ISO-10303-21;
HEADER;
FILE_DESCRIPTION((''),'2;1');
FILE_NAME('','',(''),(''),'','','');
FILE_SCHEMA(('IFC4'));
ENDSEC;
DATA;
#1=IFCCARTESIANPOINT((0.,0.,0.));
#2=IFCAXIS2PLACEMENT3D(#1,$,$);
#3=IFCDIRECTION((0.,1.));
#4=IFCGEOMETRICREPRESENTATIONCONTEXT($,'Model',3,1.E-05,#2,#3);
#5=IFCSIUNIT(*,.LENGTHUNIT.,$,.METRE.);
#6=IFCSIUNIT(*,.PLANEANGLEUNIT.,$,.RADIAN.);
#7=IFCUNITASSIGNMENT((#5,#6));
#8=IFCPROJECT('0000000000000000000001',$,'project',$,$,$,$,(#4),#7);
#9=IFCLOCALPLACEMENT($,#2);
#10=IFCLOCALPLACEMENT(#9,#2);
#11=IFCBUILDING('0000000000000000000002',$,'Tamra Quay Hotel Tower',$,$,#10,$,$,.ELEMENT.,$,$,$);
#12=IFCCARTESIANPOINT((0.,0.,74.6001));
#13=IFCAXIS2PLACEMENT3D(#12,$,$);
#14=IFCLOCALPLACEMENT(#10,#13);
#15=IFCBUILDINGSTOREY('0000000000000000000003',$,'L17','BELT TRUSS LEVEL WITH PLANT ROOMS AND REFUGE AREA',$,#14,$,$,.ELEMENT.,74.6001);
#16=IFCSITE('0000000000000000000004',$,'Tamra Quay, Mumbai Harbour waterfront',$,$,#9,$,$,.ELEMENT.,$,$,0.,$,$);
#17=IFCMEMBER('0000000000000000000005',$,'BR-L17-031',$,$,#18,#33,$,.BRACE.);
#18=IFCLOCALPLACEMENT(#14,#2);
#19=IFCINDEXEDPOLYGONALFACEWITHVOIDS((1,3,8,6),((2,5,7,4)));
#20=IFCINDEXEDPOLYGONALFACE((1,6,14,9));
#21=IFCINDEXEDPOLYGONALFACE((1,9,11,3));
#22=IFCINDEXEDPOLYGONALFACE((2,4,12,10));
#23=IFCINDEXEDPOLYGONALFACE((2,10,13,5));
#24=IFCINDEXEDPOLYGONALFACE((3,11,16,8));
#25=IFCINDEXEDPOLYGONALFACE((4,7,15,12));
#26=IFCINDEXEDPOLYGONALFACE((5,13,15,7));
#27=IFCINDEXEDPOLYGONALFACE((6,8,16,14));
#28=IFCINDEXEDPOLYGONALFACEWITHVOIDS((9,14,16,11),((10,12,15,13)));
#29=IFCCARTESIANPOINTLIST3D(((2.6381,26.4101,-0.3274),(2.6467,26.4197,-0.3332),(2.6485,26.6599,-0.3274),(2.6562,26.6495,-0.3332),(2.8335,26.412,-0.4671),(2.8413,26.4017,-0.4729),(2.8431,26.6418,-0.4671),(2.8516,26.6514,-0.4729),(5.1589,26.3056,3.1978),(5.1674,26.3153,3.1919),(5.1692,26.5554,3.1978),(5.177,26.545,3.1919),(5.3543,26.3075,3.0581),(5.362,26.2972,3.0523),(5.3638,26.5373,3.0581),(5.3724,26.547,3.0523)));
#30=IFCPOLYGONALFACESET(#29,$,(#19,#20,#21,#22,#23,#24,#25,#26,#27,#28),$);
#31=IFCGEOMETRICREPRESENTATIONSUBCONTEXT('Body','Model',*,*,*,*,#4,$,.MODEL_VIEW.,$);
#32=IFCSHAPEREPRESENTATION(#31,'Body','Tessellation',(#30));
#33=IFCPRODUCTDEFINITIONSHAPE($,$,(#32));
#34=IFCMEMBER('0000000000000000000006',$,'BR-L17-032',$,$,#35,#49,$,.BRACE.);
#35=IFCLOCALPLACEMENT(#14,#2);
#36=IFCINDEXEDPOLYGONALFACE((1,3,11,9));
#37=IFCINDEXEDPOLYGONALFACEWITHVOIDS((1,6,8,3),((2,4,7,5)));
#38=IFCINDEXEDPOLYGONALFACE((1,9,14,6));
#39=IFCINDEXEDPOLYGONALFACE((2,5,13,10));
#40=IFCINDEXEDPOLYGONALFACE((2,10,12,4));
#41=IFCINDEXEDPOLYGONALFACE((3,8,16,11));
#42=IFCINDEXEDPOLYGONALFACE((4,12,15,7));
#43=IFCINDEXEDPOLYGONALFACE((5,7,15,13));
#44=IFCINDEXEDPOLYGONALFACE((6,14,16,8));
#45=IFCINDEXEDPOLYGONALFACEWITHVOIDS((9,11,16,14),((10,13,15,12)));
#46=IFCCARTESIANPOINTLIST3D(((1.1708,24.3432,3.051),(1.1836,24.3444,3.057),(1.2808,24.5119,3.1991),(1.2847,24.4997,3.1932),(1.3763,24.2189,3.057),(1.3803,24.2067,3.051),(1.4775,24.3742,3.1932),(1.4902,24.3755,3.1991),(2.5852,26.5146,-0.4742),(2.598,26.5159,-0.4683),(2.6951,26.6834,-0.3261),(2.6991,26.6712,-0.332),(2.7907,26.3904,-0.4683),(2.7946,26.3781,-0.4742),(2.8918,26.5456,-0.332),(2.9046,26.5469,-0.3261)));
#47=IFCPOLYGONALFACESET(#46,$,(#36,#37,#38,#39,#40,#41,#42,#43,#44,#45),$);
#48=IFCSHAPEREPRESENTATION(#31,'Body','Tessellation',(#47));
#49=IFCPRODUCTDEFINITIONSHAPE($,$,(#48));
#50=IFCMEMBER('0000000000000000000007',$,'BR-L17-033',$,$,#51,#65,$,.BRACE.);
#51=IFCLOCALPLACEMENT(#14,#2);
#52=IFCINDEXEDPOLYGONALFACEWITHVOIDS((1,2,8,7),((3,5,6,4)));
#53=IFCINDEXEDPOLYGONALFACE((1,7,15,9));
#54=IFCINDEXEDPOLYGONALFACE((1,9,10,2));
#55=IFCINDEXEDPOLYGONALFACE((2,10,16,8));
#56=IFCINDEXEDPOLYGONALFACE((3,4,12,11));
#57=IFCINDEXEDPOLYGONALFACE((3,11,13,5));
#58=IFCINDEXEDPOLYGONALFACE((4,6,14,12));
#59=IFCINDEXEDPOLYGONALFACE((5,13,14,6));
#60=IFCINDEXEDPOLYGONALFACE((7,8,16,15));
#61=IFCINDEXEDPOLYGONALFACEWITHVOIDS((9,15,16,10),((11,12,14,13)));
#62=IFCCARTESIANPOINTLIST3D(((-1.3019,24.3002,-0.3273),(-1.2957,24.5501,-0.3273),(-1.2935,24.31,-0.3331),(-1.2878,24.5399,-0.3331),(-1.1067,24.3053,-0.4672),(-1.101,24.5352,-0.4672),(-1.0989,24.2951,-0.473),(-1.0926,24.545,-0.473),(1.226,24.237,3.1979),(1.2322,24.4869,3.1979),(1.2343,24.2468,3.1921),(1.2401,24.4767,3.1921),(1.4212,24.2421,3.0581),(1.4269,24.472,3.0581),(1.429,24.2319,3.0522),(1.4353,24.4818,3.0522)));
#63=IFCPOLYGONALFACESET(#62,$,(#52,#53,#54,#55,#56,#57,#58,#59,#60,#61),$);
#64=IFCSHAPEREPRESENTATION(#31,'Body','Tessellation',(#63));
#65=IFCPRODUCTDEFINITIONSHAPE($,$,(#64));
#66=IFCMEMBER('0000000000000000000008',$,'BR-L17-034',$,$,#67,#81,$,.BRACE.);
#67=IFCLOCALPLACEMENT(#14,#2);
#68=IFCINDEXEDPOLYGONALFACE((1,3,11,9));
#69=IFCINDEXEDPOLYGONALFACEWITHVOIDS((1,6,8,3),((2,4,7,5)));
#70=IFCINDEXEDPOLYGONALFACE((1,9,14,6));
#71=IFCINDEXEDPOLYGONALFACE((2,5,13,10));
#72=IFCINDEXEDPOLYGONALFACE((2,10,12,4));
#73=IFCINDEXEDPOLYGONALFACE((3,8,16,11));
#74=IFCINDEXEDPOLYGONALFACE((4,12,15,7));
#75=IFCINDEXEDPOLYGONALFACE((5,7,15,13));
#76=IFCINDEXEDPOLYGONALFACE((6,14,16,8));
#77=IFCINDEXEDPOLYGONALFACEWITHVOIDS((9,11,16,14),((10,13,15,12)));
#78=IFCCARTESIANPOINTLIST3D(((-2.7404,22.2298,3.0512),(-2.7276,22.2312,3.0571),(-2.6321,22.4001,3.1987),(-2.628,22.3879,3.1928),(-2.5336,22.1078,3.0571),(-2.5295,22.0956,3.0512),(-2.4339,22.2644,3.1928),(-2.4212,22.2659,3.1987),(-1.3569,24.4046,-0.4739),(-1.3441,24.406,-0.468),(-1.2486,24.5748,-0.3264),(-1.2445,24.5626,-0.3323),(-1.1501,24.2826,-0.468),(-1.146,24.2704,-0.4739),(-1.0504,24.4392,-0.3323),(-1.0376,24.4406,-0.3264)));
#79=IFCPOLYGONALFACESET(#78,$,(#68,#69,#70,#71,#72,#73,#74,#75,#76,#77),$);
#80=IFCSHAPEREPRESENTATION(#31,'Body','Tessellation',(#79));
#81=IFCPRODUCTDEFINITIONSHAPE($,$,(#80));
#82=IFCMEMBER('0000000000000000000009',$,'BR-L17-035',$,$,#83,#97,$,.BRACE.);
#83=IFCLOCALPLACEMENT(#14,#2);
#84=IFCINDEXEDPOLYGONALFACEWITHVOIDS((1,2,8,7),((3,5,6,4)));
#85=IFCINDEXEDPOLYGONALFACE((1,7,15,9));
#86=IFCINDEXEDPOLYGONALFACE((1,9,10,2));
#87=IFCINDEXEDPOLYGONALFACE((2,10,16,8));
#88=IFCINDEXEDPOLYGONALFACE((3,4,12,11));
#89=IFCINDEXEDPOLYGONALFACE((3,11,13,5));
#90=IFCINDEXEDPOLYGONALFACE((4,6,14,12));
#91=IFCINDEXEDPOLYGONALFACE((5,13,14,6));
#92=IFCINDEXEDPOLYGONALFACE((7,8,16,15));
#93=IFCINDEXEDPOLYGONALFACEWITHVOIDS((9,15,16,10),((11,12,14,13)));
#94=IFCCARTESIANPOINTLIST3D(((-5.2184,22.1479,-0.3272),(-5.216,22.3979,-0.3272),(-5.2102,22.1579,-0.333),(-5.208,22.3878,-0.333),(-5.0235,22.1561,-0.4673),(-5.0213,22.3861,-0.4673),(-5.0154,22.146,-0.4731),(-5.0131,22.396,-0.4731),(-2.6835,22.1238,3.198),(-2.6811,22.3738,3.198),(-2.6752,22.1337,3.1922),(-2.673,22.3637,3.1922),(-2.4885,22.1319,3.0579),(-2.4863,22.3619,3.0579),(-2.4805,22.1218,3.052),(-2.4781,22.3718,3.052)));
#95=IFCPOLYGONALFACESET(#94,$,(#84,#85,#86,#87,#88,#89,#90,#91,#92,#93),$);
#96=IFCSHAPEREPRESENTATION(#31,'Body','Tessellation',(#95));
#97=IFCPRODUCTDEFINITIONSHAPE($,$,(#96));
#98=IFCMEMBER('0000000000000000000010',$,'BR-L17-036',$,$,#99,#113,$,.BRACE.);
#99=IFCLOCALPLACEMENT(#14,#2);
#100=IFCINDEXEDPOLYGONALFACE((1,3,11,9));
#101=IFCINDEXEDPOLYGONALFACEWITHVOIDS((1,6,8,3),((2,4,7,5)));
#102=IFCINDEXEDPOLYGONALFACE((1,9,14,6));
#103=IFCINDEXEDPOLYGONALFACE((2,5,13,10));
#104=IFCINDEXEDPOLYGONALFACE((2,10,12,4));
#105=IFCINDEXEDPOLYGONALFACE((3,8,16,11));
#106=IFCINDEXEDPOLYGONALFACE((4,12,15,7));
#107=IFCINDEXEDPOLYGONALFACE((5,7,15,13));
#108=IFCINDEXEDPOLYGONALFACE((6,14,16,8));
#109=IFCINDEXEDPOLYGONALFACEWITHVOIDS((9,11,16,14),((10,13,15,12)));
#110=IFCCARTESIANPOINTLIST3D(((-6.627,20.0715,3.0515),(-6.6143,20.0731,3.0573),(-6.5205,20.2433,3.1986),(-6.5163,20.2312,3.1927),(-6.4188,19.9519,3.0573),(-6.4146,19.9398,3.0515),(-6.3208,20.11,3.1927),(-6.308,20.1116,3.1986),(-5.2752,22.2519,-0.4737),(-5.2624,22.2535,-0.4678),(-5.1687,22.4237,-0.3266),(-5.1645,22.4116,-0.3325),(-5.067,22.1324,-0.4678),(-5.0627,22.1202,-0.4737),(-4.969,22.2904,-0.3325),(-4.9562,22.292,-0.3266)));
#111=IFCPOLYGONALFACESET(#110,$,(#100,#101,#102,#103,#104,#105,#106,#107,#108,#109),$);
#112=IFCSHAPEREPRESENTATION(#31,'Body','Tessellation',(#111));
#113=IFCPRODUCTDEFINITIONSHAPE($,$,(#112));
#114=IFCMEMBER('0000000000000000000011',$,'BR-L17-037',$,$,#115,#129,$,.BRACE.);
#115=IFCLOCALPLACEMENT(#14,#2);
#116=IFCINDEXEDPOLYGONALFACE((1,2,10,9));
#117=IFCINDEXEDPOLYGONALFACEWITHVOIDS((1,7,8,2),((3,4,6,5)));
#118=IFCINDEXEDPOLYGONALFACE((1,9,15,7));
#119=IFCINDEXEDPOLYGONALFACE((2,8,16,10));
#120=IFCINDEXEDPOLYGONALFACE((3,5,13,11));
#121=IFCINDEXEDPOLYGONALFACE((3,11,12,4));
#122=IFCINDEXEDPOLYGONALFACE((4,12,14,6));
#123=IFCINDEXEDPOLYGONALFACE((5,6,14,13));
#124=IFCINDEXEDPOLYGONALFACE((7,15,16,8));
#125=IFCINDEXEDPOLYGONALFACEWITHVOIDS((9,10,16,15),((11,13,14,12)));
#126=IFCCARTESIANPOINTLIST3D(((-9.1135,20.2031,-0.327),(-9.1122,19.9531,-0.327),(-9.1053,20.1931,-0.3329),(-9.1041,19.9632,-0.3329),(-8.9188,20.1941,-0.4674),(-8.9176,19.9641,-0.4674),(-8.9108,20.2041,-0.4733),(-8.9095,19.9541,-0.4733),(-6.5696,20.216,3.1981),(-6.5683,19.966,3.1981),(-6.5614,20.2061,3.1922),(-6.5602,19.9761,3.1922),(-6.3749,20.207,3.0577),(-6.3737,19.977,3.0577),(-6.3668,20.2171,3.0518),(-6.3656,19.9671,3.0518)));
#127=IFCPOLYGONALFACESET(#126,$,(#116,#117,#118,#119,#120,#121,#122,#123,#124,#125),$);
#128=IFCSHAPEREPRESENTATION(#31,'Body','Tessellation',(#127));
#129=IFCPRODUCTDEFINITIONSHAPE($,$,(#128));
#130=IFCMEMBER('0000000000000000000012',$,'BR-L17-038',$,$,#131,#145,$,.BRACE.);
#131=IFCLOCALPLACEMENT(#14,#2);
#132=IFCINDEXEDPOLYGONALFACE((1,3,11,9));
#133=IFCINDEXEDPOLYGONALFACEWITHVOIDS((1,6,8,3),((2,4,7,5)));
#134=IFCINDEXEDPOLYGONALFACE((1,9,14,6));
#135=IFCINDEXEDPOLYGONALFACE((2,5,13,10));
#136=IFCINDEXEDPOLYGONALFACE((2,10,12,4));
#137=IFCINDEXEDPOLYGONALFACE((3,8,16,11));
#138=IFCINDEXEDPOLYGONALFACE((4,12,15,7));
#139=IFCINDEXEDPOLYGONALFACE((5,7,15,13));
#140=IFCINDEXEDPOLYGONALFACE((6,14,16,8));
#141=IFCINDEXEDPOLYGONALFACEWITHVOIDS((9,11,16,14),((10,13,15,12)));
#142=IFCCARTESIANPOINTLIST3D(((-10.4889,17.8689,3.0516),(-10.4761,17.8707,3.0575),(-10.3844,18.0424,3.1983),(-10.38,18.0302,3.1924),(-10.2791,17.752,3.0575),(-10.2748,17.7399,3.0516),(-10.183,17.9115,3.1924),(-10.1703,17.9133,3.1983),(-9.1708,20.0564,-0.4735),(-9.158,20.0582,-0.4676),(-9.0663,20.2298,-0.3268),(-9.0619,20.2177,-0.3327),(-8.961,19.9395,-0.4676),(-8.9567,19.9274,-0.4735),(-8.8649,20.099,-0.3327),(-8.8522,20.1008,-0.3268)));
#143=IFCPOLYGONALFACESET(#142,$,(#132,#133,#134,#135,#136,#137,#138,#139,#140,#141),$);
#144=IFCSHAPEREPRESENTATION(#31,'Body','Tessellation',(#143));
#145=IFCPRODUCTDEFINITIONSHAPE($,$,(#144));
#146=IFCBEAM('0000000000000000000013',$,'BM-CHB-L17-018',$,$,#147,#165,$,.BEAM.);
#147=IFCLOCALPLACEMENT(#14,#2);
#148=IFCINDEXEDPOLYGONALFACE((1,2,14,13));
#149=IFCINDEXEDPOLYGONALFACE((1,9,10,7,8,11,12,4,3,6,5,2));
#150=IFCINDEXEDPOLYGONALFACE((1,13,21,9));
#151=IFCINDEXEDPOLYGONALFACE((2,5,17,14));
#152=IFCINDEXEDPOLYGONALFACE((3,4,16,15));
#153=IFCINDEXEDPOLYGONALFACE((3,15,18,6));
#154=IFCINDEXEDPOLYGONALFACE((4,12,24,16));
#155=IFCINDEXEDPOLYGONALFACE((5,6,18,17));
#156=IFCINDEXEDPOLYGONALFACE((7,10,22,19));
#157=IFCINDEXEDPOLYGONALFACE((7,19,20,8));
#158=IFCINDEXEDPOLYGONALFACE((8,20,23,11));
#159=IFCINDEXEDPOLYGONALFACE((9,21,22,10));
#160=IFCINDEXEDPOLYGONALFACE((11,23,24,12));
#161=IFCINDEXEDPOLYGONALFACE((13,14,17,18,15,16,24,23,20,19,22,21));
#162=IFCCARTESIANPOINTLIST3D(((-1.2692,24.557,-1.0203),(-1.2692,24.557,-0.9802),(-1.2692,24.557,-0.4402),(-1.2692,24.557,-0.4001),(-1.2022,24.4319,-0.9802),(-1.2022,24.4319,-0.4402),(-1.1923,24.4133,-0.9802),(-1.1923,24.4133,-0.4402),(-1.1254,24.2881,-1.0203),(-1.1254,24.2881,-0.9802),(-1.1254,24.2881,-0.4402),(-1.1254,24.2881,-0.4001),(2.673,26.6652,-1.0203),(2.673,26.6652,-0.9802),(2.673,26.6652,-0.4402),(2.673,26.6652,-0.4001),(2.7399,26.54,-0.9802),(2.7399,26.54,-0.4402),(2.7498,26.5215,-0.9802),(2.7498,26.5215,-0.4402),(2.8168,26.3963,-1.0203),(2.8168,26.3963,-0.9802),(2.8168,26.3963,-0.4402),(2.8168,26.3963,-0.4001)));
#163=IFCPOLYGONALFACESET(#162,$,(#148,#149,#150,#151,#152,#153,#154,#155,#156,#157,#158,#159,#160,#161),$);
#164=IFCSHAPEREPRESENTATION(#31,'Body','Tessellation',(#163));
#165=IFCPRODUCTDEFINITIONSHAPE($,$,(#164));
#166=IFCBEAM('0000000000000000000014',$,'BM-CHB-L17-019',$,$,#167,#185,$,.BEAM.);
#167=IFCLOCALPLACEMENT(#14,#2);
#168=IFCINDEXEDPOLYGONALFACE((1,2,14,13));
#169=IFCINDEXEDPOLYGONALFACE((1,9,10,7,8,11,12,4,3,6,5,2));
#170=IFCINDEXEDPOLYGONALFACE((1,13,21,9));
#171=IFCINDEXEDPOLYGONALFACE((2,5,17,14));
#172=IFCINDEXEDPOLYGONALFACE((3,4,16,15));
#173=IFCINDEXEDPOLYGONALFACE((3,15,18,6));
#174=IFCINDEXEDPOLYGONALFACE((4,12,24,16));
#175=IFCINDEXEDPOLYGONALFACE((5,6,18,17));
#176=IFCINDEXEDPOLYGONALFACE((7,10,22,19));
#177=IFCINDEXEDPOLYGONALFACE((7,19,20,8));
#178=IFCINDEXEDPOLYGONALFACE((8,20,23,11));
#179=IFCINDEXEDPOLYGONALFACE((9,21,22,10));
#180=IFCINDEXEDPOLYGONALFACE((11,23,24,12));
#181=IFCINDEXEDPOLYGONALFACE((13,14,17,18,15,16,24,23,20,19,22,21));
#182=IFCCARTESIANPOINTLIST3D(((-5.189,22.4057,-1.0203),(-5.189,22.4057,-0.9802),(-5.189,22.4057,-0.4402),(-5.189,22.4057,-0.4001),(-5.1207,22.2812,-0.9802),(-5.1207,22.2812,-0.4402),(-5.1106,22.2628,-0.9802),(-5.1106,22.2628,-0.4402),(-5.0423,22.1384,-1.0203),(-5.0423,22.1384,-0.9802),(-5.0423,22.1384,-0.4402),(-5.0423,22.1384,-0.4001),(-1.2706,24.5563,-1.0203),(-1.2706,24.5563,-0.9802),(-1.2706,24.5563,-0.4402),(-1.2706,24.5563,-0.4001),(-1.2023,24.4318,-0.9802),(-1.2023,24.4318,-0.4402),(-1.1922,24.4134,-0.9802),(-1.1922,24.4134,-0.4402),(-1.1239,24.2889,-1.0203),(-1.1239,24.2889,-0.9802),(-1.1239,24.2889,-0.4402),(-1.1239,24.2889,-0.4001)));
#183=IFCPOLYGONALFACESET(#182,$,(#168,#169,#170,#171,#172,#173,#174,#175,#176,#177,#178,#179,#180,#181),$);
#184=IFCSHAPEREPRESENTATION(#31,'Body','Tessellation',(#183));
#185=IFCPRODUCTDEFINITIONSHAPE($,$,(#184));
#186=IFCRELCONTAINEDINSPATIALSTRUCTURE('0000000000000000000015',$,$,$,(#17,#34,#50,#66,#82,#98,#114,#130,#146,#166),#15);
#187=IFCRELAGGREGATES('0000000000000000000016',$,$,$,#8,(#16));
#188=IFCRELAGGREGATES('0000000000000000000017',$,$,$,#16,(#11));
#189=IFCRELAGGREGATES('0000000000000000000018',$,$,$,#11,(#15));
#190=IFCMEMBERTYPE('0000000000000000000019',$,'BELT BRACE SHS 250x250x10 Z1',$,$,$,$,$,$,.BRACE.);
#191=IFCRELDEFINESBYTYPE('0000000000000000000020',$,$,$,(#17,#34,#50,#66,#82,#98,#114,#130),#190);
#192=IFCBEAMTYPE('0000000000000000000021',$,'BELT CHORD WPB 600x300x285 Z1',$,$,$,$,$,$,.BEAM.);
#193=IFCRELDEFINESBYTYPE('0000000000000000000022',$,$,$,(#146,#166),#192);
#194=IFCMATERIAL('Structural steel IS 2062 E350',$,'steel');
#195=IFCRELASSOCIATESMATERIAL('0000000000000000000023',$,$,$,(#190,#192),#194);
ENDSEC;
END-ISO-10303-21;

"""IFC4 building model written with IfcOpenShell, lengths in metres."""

from ifc_helpers import new_model, si_unit, direction, frame, origin, origin_2d, place, context, subcontext, project, spatial, hollow_rectangle, i_section, extrude, material, material_profile, profile_set, type_object, element, save


model = new_model("IFC4")

# Units and contexts
model_context = context("Model", 3, precision=1e-05, world=origin(), true_north=direction((0.0, 1.0)))
body_context = subcontext(model_context, "Body", "Model", "MODEL_VIEW")
ifc_project = project(units=[si_unit("LENGTHUNIT", "METRE"), si_unit("PLANEANGLEUNIT", "RADIAN")], contexts=[model_context])

# Site, building, storey
site_placement = place(None, origin())
site = spatial("IfcSite", under=ifc_project, at=site_placement, Name="Tamra Quay, Mumbai Harbour waterfront", CompositionType="ELEMENT", RefElevation=0.0)
building_placement = place(site_placement, origin())
building = spatial("IfcBuilding", under=site, at=building_placement, Name="Tamra Quay Hotel Tower", CompositionType="ELEMENT")
storey_placement = place(building_placement, frame((0.0, 0.0, 74.6001)))
storey = spatial("IfcBuildingStorey", under=building, at=storey_placement, Name="L17", Description="BELT TRUSS LEVEL WITH PLANT ROOMS AND REFUGE AREA", CompositionType="ELEMENT", Elevation=74.6001)

# Members
ifc_material_1 = material(Name="Structural steel IS 2062 E350", Category="steel")
ifc_material_profile_1 = material_profile(ifc_material_1, hollow_rectangle(XDim=0.25, YDim=0.25, WallThickness=0.01, at=origin_2d()), Name="SHS 250x250x10")
ifc_profile_set_1 = profile_set([ifc_material_profile_1], Name="Structural steel IS 2062 E350")
member_type = type_object("IfcMemberType", Name="BELT BRACE SHS 250x250x10 Z1", PredefinedType="BRACE", material=ifc_profile_set_1)
member_1_placement = place(storey_placement, frame((2.7449, 26.5308, -0.4001), z_axis=(0.581495, -0.024105, 0.813192), x_axis=(0.041417, 0.999142, 0.0)))
element("IfcMember", 1, at=member_1_placement, inside=storey, type_object=member_type, Name="BR-L17-031", PredefinedType="BRACE", context=body_context, shape_type="SweptSolid", body=[
    extrude(hollow_rectangle(XDim=0.25, YDim=0.25, WallThickness=0.01, at=origin_2d()), origin(), (0.0, 0.0, 1.0), 4.335),
])
member_2_placement = place(storey_placement, frame((2.7449, 26.5308, -0.4001), z_axis=(-0.32326, -0.496301, 0.805722), x_axis=(0.837931, -0.545776, 0.0)))
element("IfcMember", 2, at=member_2_placement, inside=storey, type_object=member_type, Name="BR-L17-032", PredefinedType="BRACE", context=body_context, shape_type="SweptSolid", body=[
    extrude(hollow_rectangle(XDim=0.25, YDim=0.25, WallThickness=0.01, at=origin_2d()), origin(), (0.0, 0.0, 1.0), 4.3752),
])
member_3_placement = place(storey_placement, frame((-1.1973, 24.4226, -0.4001), z_axis=(0.582682, -0.014575, 0.81257), x_axis=(0.025007, 0.999687, 0.0)))
element("IfcMember", 3, at=member_3_placement, inside=storey, type_object=member_type, Name="BR-L17-033", PredefinedType="BRACE", context=body_context, shape_type="SweptSolid", body=[
    extrude(hollow_rectangle(XDim=0.25, YDim=0.25, WallThickness=0.01, at=origin_2d()), origin(), (0.0, 0.0, 1.0), 4.3384),
])
member_4_placement = place(storey_placement, frame((-1.1973, 24.4226, -0.4001), z_axis=(-0.316819, -0.49801, 0.807225), x_axis=(0.843736, -0.536759, 0.0)))
element("IfcMember", 4, at=member_4_placement, inside=storey, type_object=member_type, Name="BR-L17-034", PredefinedType="BRACE", context=body_context, shape_type="SweptSolid", body=[
    extrude(hollow_rectangle(XDim=0.25, YDim=0.25, WallThickness=0.01, at=origin_2d()), origin(), (0.0, 0.0, 1.0), 4.3669),
])
member_5_placement = place(storey_placement, frame((-5.1157, 22.272, -0.4001), z_axis=(0.583811, -0.005567, 0.81187), x_axis=(0.009534, 0.999955, 0.0)))
element("IfcMember", 5, at=member_5_placement, inside=storey, type_object=member_type, Name="BR-L17-035", PredefinedType="BRACE", context=body_context, shape_type="SweptSolid", body=[
    extrude(hollow_rectangle(XDim=0.25, YDim=0.25, WallThickness=0.01, at=origin_2d()), origin(), (0.0, 0.0, 1.0), 4.342),
])
member_6_placement = place(storey_placement, frame((-5.1157, 22.272, -0.4001), z_axis=(-0.310058, -0.500114, 0.808548), x_axis=(0.849912, -0.526925, 0.0)))
element("IfcMember", 6, at=member_6_placement, inside=storey, type_object=member_type, Name="BR-L17-036", PredefinedType="BRACE", context=body_context, shape_type="SweptSolid", body=[
    extrude(hollow_rectangle(XDim=0.25, YDim=0.25, WallThickness=0.01, at=origin_2d()), origin(), (0.0, 0.0, 1.0), 4.3599),
])
member_7_placement = place(storey_placement, frame((-9.0115, 20.0786, -0.4001), z_axis=(0.585187, 0.002976, 0.810893), x_axis=(-0.005086, 0.999987, 0.0)))
element("IfcMember", 7, at=member_7_placement, inside=storey, type_object=member_type, Name="BR-L17-037", PredefinedType="BRACE", context=body_context, shape_type="SweptSolid", body=[
    extrude(hollow_rectangle(XDim=0.25, YDim=0.25, WallThickness=0.01, at=origin_2d()), origin(), (0.0, 0.0, 1.0), 4.3472),
])
member_8_placement = place(storey_placement, frame((-9.0115, 20.0786, -0.4001), z_axis=(-0.302801, -0.502519, 0.809806), x_axis=(0.856521, -0.516112, 0.0)))
element("IfcMember", 8, at=member_8_placement, inside=storey, type_object=member_type, Name="BR-L17-038", PredefinedType="BRACE", context=body_context, shape_type="SweptSolid", body=[
    extrude(hollow_rectangle(XDim=0.25, YDim=0.25, WallThickness=0.01, at=origin_2d()), origin(), (0.0, 0.0, 1.0), 4.353),
])

# Beams
ifc_material_profile_2 = material_profile(ifc_material_1, i_section(OverallWidth=0.3049, OverallDepth=0.6201, WebThickness=0.021, FlangeThickness=0.04, at=origin_2d()), Name="WPB 600x300x285")
ifc_profile_set_2 = profile_set([ifc_material_profile_2], Name="Structural steel IS 2062 E350")
beam_type_1 = type_object("IfcBeamType", Name="BELT CHORD WPB 600x300x285 Z1", PredefinedType="BEAM", material=ifc_profile_set_2)
beam_1_placement = place(storey_placement, frame((2.7449, 26.5308, -0.7102), z_axis=(-0.881825, -0.471577, 0.0), x_axis=(0.471577, -0.881825, 0.0)))
element("IfcBeam", 9, at=beam_1_placement, inside=storey, type_object=beam_type_1, Name="BM-CHB-L17-018", PredefinedType="BEAM", context=body_context, shape_type="SweptSolid", body=[
    extrude(i_section(OverallWidth=0.3049, OverallDepth=0.6201, WebThickness=0.021, FlangeThickness=0.04, at=origin_2d()), origin(), (0.0, 0.0, 1.0), 4.4705),
])
beam_2_placement = place(storey_placement, frame((-1.1973, 24.4226, -0.7102), z_axis=(-0.876642, -0.481143, 0.0), x_axis=(0.481143, -0.876642, 0.0)))
element("IfcBeam", 10, at=beam_2_placement, inside=storey, type_object=beam_type_1, Name="BM-CHB-L17-019", PredefinedType="BEAM", context=body_context, shape_type="SweptSolid", body=[
    extrude(i_section(OverallWidth=0.3049, OverallDepth=0.6201, WebThickness=0.021, FlangeThickness=0.04, at=origin_2d()), origin(), (0.0, 0.0, 1.0), 4.4697),
])

save(model, "model.ifc")
